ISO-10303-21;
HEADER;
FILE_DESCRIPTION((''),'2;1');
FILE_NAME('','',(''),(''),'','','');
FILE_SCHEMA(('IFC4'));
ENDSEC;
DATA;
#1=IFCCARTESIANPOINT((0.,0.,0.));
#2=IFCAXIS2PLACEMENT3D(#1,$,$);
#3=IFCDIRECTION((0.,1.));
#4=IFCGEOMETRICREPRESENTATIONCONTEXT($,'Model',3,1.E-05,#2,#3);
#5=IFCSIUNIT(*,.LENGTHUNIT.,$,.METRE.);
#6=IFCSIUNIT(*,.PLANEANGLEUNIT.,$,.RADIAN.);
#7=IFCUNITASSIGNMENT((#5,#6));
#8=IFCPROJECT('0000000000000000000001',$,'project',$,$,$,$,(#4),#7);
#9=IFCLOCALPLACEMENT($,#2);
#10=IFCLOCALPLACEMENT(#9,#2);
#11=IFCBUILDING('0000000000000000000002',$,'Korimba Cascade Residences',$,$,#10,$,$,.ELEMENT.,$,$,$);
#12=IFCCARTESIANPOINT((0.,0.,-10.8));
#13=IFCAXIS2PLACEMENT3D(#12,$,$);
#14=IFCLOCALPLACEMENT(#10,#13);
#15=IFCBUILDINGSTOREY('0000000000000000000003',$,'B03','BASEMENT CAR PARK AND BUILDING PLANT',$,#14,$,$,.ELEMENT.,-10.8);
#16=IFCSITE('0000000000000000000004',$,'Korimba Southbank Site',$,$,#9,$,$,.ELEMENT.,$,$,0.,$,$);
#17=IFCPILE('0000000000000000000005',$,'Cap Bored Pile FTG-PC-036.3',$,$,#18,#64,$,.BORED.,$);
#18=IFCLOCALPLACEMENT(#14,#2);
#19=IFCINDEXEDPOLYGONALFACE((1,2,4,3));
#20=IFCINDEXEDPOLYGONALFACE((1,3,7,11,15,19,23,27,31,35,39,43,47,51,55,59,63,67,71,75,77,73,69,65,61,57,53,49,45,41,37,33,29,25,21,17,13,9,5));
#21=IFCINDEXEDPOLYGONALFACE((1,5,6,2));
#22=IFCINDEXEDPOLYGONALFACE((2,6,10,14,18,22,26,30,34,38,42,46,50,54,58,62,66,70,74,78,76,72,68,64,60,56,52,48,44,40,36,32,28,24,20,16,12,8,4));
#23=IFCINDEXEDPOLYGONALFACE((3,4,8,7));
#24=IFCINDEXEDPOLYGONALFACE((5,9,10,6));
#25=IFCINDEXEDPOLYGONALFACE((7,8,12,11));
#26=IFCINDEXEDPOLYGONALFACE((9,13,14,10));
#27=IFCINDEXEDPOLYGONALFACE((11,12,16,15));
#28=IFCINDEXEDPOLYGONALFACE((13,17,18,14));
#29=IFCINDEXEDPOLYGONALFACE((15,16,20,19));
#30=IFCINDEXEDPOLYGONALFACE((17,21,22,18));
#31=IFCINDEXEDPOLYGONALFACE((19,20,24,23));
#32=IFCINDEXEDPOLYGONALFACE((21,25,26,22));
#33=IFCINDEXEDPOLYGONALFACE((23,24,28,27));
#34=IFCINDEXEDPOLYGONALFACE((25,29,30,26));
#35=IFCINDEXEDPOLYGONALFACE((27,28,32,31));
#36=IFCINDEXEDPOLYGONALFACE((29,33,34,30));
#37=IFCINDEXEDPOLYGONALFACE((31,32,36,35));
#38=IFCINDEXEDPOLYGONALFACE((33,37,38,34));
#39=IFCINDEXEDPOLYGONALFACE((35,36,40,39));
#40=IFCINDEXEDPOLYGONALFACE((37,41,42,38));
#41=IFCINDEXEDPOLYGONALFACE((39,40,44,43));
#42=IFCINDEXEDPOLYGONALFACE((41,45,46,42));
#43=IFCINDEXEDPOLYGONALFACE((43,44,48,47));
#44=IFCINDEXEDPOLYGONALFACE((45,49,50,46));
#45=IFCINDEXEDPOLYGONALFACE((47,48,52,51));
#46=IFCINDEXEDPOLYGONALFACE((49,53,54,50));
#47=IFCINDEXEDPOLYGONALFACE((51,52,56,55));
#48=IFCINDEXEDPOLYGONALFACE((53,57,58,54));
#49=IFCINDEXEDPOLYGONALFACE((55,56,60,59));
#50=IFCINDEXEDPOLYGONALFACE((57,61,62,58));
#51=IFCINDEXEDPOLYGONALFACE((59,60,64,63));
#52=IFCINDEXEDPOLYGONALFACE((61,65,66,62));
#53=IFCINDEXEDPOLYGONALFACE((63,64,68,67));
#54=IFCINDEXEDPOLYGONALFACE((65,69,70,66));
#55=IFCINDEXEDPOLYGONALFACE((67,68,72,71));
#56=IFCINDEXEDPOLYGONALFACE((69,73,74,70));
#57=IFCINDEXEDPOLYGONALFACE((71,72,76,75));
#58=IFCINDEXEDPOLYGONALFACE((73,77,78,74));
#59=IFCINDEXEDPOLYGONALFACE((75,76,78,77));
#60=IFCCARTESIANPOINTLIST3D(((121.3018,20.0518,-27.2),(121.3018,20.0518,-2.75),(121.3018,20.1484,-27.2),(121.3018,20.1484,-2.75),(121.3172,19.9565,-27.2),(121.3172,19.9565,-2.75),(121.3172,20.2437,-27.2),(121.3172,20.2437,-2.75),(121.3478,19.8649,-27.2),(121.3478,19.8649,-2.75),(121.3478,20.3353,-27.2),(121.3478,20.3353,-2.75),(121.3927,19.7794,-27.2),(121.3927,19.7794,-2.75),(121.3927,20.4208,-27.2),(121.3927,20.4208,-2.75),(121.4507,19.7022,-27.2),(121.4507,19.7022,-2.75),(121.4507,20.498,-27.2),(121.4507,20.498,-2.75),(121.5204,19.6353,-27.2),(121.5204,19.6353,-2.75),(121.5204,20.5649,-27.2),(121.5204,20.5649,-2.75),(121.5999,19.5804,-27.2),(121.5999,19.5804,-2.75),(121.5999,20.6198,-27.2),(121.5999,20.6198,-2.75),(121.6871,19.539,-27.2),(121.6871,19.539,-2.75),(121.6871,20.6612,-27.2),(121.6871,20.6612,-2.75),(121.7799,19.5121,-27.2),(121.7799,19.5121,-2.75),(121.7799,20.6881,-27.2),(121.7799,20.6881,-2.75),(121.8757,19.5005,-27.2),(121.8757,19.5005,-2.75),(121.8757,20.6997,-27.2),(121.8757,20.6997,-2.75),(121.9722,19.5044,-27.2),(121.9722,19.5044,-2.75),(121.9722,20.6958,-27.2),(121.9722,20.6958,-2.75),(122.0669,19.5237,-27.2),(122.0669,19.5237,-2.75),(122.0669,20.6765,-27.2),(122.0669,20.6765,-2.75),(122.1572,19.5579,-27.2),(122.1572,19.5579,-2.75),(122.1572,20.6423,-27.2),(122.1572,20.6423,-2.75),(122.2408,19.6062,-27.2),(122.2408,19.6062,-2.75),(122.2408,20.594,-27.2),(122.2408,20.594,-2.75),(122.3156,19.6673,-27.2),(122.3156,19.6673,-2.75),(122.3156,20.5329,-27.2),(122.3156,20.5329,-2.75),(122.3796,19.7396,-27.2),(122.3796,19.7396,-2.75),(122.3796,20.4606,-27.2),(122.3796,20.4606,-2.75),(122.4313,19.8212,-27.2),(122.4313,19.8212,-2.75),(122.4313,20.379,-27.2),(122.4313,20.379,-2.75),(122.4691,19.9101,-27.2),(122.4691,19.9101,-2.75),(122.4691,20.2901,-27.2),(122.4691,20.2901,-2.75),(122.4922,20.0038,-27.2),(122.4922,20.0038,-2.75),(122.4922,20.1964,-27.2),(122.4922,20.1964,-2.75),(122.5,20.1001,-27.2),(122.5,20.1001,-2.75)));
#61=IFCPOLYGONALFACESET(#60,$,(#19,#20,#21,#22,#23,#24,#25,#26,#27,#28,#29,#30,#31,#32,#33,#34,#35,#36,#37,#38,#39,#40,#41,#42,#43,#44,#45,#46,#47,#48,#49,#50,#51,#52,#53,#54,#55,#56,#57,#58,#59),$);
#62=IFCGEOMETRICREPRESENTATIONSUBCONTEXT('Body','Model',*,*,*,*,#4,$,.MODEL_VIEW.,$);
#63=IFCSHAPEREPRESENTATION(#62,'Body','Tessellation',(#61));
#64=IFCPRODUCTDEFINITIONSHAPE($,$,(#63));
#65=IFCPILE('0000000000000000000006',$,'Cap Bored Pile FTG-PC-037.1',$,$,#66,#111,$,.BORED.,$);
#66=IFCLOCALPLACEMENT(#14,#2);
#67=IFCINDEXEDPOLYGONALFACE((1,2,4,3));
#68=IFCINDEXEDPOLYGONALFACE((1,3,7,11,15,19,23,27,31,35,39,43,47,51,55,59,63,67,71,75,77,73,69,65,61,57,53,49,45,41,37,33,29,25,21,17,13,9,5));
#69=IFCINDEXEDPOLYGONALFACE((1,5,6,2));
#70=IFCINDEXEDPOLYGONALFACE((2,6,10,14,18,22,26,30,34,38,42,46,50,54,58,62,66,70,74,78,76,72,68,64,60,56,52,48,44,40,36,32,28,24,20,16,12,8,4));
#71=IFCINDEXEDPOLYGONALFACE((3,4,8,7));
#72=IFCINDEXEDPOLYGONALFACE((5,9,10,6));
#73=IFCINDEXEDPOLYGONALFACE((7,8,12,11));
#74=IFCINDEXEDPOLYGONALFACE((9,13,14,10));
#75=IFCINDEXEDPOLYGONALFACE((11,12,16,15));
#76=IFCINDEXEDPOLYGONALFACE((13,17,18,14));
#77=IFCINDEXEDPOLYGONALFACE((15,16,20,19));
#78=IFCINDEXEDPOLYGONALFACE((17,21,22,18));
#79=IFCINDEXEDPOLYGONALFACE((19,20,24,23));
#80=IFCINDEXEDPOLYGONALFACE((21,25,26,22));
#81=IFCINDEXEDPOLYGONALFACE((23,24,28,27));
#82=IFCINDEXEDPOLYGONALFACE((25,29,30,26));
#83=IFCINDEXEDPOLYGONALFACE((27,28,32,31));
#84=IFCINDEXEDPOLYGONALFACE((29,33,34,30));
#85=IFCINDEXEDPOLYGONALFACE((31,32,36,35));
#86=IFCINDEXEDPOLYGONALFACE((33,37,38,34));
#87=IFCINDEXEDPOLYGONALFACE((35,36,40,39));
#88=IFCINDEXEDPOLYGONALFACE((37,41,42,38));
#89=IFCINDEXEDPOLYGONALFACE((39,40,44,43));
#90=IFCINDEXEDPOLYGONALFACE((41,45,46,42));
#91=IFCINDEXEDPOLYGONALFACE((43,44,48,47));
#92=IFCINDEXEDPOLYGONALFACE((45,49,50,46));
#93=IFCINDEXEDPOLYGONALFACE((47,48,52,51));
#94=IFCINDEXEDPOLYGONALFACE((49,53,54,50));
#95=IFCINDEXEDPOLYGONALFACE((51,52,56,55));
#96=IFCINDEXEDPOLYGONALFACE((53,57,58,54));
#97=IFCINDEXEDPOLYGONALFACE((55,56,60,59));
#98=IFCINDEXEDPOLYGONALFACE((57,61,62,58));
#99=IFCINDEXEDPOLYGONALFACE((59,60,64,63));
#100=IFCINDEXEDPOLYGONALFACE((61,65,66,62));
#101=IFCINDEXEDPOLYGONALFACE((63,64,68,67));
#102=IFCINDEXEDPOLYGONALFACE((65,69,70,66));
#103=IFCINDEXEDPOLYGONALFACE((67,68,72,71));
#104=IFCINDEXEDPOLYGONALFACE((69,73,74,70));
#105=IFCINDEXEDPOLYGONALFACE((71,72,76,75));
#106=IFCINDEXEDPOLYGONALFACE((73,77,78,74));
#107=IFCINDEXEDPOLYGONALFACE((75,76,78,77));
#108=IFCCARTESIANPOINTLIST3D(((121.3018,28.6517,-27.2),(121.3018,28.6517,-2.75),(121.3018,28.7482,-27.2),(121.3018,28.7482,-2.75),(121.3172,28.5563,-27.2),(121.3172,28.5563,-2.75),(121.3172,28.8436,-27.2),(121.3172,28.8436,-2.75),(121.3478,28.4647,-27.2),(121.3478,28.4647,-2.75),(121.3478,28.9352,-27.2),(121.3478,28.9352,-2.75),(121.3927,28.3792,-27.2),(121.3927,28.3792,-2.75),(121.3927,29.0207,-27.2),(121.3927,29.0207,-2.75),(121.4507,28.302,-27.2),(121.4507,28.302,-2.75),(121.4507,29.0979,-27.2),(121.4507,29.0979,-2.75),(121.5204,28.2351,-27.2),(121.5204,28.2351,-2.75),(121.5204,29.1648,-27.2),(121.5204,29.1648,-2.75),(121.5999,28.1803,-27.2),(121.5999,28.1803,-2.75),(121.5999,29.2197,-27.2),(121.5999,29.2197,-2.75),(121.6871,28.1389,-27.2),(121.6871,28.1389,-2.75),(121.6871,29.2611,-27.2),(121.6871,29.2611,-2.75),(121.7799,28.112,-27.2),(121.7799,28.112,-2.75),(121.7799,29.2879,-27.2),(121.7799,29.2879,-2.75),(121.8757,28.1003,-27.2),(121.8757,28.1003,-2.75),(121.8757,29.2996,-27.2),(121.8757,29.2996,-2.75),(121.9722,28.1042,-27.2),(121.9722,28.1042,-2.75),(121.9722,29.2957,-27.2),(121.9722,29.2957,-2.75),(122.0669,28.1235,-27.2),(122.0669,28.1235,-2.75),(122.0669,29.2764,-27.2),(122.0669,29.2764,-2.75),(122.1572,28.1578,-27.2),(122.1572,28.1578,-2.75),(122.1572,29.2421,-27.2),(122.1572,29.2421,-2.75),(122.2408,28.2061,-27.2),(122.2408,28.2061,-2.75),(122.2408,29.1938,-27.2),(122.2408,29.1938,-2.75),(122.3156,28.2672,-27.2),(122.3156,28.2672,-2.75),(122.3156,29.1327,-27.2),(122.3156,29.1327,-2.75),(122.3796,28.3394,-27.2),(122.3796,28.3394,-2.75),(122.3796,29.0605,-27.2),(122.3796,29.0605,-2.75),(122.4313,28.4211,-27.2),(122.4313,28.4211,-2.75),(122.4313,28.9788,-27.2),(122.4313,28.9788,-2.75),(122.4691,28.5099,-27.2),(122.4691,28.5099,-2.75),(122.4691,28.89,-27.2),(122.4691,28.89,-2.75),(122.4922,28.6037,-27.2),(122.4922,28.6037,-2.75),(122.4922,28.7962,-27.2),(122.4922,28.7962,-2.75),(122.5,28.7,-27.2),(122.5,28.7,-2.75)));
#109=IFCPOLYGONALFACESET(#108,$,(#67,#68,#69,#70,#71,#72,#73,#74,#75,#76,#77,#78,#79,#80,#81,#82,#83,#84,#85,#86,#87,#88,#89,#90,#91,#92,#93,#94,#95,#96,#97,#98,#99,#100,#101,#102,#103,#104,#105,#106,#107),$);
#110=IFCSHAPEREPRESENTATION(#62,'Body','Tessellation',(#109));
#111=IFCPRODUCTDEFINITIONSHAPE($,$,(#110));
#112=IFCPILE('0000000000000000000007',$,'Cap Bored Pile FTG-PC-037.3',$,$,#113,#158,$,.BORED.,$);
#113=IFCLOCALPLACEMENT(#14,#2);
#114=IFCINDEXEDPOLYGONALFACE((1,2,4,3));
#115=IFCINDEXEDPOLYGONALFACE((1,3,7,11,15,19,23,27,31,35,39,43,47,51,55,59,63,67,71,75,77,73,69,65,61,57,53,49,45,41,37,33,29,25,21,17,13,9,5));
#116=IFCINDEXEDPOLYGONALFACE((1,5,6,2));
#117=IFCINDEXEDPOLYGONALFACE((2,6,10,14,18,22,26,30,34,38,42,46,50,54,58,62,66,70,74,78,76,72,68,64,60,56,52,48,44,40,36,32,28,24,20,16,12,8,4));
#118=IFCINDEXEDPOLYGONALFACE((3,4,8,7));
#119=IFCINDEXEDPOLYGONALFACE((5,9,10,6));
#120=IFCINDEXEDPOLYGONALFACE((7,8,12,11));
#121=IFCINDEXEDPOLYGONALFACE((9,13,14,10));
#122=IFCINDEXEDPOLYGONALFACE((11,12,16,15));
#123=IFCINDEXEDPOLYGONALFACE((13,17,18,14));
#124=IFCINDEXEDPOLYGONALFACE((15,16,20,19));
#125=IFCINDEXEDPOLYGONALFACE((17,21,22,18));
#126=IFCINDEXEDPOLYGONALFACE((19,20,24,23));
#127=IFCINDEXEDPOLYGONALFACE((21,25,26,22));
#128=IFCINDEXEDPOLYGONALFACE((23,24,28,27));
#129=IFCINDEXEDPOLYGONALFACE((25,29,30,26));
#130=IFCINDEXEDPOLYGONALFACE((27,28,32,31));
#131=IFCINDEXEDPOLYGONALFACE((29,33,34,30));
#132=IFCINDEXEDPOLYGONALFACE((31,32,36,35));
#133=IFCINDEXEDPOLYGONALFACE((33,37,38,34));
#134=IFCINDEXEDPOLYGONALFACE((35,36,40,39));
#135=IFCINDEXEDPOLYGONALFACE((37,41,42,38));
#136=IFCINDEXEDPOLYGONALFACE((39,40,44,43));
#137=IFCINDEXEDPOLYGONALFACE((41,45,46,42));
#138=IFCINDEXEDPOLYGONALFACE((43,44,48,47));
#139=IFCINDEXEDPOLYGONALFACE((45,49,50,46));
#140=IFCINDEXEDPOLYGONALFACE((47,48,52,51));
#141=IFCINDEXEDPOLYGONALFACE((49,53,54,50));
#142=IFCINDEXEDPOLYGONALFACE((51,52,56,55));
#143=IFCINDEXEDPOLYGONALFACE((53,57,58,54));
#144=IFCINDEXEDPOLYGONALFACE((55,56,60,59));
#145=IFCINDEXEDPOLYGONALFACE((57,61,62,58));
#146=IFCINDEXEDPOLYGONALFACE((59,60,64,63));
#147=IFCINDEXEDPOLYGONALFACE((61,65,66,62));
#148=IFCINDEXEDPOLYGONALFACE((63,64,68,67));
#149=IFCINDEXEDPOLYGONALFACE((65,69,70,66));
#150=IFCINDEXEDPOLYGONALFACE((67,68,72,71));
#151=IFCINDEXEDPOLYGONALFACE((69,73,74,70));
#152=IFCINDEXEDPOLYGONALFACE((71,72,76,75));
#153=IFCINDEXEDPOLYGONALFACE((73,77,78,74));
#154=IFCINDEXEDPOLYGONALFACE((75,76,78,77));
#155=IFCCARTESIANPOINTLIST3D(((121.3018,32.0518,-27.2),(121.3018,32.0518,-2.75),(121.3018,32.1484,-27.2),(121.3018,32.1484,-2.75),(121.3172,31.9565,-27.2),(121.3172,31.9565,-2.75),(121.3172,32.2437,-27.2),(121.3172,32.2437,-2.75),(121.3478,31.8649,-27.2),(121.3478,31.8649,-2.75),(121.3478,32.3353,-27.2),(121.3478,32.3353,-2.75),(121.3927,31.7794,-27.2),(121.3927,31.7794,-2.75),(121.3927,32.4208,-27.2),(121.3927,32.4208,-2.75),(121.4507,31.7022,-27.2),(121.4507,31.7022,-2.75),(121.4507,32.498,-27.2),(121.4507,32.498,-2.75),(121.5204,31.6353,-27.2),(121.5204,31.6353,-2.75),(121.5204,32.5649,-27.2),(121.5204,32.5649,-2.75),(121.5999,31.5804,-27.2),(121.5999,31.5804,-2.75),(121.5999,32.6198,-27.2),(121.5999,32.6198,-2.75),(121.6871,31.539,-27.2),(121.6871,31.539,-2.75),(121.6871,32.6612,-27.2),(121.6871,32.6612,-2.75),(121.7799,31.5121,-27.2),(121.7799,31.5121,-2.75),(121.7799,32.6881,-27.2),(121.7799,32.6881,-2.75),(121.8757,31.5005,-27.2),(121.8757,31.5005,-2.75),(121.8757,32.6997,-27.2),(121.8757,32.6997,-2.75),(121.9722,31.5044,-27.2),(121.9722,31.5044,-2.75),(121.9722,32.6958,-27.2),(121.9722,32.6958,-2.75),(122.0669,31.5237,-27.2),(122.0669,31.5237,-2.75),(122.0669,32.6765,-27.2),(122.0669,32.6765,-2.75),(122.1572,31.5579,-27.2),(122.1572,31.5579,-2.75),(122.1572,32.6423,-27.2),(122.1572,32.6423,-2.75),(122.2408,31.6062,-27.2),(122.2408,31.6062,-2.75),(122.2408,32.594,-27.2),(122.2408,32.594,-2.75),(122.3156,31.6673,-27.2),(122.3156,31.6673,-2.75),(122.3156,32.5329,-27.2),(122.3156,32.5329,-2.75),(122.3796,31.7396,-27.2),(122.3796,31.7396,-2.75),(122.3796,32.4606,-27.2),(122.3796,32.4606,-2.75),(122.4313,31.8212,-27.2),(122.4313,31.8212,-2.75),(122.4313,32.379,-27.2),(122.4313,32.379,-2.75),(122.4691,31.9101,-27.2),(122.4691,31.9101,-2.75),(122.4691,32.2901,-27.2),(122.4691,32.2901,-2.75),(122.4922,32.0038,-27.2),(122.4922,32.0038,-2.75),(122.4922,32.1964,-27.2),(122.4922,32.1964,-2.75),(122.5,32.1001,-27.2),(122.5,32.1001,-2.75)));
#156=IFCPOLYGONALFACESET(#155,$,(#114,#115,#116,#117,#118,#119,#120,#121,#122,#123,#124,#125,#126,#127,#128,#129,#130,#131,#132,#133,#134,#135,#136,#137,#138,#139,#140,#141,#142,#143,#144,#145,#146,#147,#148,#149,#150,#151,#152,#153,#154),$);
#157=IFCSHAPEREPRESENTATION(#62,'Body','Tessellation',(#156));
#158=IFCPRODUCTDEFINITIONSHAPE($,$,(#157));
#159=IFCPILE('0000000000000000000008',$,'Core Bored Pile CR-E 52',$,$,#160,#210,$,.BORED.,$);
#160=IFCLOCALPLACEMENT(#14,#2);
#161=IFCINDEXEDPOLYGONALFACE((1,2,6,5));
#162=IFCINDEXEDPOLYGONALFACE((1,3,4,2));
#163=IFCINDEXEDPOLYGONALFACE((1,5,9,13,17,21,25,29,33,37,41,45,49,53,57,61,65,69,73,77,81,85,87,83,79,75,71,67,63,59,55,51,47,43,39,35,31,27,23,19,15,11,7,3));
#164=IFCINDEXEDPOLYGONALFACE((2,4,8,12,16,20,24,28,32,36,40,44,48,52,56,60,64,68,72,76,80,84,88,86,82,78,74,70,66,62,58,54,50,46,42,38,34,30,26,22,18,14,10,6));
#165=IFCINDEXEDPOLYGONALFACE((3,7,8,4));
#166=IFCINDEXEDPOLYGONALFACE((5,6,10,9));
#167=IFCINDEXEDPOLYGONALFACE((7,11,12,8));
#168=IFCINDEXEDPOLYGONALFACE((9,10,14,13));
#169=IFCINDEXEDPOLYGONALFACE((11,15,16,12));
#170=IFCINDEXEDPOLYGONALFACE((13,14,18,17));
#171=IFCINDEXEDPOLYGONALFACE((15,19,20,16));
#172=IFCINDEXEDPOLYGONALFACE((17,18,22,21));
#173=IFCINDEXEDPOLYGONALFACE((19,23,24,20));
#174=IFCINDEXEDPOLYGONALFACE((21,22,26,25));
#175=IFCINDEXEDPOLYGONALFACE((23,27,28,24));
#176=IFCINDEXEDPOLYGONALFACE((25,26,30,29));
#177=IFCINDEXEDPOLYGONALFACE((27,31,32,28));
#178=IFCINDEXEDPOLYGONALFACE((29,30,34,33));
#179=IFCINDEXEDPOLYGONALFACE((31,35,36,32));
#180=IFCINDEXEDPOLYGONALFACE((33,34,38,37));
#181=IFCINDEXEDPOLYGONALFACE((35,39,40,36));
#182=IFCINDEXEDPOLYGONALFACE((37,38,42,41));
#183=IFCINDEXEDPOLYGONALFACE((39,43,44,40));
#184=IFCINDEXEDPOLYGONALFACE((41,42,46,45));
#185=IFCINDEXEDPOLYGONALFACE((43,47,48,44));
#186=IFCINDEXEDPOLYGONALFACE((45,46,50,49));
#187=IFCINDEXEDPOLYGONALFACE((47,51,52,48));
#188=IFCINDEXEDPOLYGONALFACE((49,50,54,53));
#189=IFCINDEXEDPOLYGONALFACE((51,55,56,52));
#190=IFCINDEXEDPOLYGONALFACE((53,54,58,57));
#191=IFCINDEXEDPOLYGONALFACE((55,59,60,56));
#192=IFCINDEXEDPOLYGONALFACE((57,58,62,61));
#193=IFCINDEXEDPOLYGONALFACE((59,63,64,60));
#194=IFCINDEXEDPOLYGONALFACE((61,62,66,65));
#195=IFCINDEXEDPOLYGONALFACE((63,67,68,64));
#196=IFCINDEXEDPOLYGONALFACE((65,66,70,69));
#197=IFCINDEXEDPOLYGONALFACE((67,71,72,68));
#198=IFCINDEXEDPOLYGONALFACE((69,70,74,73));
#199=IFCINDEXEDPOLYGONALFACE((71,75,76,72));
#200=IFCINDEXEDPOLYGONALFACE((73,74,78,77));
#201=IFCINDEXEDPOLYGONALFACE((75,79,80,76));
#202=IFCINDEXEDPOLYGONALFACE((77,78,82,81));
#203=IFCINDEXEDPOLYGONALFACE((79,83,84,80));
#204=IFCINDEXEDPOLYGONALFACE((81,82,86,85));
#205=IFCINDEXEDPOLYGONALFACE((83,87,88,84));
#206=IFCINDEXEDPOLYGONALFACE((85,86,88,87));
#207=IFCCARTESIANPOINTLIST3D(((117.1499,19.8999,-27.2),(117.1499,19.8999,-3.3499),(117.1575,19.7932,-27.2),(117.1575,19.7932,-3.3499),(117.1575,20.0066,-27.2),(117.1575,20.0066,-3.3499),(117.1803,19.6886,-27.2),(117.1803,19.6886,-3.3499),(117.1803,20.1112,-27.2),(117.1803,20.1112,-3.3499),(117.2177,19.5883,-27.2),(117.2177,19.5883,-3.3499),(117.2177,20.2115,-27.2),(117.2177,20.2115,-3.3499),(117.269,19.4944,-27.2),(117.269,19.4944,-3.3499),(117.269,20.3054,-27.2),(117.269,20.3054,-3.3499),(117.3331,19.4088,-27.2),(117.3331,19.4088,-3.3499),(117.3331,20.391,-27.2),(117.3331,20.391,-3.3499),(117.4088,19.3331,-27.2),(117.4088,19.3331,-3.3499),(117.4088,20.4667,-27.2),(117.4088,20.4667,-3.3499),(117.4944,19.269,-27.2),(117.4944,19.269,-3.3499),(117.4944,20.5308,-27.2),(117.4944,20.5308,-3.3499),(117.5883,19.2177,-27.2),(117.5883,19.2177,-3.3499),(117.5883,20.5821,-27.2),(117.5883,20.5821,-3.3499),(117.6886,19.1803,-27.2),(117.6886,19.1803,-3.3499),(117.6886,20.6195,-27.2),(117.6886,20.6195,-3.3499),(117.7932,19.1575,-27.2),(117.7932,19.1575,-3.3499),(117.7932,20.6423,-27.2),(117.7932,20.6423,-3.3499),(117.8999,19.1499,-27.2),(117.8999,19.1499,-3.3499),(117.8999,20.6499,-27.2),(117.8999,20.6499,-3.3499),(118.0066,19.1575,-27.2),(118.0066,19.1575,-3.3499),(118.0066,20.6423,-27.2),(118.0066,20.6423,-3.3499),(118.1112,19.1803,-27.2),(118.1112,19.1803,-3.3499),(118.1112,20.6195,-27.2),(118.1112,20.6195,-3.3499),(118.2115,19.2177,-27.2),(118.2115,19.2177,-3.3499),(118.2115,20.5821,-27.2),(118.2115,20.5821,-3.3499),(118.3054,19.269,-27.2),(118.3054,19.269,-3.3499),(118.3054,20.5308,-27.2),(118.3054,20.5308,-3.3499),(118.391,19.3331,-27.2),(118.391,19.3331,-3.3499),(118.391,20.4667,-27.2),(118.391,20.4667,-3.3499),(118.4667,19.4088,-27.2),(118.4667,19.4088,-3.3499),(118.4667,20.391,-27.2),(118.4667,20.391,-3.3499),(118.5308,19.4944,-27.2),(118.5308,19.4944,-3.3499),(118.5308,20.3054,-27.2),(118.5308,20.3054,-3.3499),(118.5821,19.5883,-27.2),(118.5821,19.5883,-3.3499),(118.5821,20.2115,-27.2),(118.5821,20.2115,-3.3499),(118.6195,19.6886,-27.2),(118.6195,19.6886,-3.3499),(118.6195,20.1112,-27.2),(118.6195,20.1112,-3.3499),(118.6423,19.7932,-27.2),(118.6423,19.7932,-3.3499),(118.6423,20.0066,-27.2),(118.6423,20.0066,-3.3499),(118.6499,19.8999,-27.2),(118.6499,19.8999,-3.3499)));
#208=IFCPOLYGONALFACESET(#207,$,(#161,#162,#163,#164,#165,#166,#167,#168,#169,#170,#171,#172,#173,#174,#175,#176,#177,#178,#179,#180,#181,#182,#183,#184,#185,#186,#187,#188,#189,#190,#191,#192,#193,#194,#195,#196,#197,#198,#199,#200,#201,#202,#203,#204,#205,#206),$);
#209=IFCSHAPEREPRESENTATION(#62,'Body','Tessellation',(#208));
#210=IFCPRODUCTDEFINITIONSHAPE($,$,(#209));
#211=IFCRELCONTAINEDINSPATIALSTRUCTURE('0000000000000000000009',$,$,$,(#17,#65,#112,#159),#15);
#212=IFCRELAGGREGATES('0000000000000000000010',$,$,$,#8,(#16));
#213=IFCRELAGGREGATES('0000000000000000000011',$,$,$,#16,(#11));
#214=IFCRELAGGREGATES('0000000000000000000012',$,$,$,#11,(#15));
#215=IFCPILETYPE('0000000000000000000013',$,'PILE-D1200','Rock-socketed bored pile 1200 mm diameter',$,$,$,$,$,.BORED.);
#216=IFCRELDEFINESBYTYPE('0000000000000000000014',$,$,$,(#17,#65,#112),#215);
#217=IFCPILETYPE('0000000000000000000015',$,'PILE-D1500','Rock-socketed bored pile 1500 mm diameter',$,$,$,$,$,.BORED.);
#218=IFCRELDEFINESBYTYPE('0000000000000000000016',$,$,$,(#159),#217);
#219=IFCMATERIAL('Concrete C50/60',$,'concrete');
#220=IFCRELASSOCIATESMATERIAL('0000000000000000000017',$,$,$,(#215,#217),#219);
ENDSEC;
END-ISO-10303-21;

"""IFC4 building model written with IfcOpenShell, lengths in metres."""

from ifc_helpers import new_model, si_unit, direction, frame, origin, origin_2d, place, context, subcontext, project, spatial, circle, extrude, material, material_profile, profile_set, type_object, element, save


model = new_model("IFC4")

# Units and contexts
model_context = context("Model", 3, precision=1e-05, world=origin(), true_north=direction((0.0, 1.0)))
body_context = subcontext(model_context, "Body", "Model", "MODEL_VIEW")
ifc_project = project(units=[si_unit("LENGTHUNIT", "METRE"), si_unit("PLANEANGLEUNIT", "RADIAN")], contexts=[model_context])

# Site, building, storey
site_placement = place(None, origin())
site = spatial("IfcSite", under=ifc_project, at=site_placement, Name="Korimba Southbank Site", CompositionType="ELEMENT", RefElevation=0.0)
building_placement = place(site_placement, origin())
building = spatial("IfcBuilding", under=site, at=building_placement, Name="Korimba Cascade Residences", CompositionType="ELEMENT")
storey_placement = place(building_placement, frame((0.0, 0.0, -10.8)))
storey = spatial("IfcBuildingStorey", under=building, at=storey_placement, Name="B03", Description="BASEMENT CAR PARK AND BUILDING PLANT", CompositionType="ELEMENT", Elevation=-10.8)

# Piles
ifc_material_1 = material(Name="Concrete C50/60", Category="concrete")
ifc_material_profile_1 = material_profile(ifc_material_1, circle(Radius=0.6001, at=origin_2d()), Name="Concrete C50/60")
ifc_profile_set_1 = profile_set([ifc_material_profile_1], Name="Concrete C50/60")
pile_type_1 = type_object("IfcPileType", Name="PILE-D1200", Description="Rock-socketed bored pile 1200 mm diameter", PredefinedType="BORED", material=ifc_profile_set_1)
for number, where, z_axis, x_axis, name in (
    (1, (121.8999, 20.1001, -2.75), (0.0, 0.0, -1.0), (1.0, 0.0, 0.0), "Cap Bored Pile FTG-PC-036.3"),
    (2, (121.8999, 28.7, -2.75), (0.0, 0.0, -1.0), (1.0, 0.0, 0.0), "Cap Bored Pile FTG-PC-037.1"),
    (3, (121.8999, 32.1001, -2.75), (0.0, 0.0, -1.0), (1.0, 0.0, 0.0), "Cap Bored Pile FTG-PC-037.3"),
):
    element("IfcPile", number, at=place(storey_placement, frame(where, z_axis=z_axis, x_axis=x_axis)), inside=storey, type_object=pile_type_1, Name=name, PredefinedType="BORED", context=body_context, shape_type="SweptSolid", body=[
        extrude(circle(Radius=0.6001, at=origin_2d()), origin(), (0.0, 0.0, 1.0), 24.45),
    ])
ifc_material_profile_2 = material_profile(ifc_material_1, circle(Radius=0.75, at=origin_2d()), Name="Concrete C50/60")
ifc_profile_set_2 = profile_set([ifc_material_profile_2], Name="Concrete C50/60")
pile_type_2 = type_object("IfcPileType", Name="PILE-D1500", Description="Rock-socketed bored pile 1500 mm diameter", PredefinedType="BORED", material=ifc_profile_set_2)
for number, where, z_axis, x_axis, name in (
    (4, (117.8999, 19.8999, -3.3499), (0.0, 0.0, -1.0), (1.0, 0.0, 0.0), "Core Bored Pile CR-E 52"),
):
    element("IfcPile", number, at=place(storey_placement, frame(where, z_axis=z_axis, x_axis=x_axis)), inside=storey, type_object=pile_type_2, Name=name, PredefinedType="BORED", context=body_context, shape_type="SweptSolid", body=[
        extrude(circle(Radius=0.75, at=origin_2d()), origin(), (0.0, 0.0, 1.0), 23.8501),
    ])

save(model, "model.ifc")
